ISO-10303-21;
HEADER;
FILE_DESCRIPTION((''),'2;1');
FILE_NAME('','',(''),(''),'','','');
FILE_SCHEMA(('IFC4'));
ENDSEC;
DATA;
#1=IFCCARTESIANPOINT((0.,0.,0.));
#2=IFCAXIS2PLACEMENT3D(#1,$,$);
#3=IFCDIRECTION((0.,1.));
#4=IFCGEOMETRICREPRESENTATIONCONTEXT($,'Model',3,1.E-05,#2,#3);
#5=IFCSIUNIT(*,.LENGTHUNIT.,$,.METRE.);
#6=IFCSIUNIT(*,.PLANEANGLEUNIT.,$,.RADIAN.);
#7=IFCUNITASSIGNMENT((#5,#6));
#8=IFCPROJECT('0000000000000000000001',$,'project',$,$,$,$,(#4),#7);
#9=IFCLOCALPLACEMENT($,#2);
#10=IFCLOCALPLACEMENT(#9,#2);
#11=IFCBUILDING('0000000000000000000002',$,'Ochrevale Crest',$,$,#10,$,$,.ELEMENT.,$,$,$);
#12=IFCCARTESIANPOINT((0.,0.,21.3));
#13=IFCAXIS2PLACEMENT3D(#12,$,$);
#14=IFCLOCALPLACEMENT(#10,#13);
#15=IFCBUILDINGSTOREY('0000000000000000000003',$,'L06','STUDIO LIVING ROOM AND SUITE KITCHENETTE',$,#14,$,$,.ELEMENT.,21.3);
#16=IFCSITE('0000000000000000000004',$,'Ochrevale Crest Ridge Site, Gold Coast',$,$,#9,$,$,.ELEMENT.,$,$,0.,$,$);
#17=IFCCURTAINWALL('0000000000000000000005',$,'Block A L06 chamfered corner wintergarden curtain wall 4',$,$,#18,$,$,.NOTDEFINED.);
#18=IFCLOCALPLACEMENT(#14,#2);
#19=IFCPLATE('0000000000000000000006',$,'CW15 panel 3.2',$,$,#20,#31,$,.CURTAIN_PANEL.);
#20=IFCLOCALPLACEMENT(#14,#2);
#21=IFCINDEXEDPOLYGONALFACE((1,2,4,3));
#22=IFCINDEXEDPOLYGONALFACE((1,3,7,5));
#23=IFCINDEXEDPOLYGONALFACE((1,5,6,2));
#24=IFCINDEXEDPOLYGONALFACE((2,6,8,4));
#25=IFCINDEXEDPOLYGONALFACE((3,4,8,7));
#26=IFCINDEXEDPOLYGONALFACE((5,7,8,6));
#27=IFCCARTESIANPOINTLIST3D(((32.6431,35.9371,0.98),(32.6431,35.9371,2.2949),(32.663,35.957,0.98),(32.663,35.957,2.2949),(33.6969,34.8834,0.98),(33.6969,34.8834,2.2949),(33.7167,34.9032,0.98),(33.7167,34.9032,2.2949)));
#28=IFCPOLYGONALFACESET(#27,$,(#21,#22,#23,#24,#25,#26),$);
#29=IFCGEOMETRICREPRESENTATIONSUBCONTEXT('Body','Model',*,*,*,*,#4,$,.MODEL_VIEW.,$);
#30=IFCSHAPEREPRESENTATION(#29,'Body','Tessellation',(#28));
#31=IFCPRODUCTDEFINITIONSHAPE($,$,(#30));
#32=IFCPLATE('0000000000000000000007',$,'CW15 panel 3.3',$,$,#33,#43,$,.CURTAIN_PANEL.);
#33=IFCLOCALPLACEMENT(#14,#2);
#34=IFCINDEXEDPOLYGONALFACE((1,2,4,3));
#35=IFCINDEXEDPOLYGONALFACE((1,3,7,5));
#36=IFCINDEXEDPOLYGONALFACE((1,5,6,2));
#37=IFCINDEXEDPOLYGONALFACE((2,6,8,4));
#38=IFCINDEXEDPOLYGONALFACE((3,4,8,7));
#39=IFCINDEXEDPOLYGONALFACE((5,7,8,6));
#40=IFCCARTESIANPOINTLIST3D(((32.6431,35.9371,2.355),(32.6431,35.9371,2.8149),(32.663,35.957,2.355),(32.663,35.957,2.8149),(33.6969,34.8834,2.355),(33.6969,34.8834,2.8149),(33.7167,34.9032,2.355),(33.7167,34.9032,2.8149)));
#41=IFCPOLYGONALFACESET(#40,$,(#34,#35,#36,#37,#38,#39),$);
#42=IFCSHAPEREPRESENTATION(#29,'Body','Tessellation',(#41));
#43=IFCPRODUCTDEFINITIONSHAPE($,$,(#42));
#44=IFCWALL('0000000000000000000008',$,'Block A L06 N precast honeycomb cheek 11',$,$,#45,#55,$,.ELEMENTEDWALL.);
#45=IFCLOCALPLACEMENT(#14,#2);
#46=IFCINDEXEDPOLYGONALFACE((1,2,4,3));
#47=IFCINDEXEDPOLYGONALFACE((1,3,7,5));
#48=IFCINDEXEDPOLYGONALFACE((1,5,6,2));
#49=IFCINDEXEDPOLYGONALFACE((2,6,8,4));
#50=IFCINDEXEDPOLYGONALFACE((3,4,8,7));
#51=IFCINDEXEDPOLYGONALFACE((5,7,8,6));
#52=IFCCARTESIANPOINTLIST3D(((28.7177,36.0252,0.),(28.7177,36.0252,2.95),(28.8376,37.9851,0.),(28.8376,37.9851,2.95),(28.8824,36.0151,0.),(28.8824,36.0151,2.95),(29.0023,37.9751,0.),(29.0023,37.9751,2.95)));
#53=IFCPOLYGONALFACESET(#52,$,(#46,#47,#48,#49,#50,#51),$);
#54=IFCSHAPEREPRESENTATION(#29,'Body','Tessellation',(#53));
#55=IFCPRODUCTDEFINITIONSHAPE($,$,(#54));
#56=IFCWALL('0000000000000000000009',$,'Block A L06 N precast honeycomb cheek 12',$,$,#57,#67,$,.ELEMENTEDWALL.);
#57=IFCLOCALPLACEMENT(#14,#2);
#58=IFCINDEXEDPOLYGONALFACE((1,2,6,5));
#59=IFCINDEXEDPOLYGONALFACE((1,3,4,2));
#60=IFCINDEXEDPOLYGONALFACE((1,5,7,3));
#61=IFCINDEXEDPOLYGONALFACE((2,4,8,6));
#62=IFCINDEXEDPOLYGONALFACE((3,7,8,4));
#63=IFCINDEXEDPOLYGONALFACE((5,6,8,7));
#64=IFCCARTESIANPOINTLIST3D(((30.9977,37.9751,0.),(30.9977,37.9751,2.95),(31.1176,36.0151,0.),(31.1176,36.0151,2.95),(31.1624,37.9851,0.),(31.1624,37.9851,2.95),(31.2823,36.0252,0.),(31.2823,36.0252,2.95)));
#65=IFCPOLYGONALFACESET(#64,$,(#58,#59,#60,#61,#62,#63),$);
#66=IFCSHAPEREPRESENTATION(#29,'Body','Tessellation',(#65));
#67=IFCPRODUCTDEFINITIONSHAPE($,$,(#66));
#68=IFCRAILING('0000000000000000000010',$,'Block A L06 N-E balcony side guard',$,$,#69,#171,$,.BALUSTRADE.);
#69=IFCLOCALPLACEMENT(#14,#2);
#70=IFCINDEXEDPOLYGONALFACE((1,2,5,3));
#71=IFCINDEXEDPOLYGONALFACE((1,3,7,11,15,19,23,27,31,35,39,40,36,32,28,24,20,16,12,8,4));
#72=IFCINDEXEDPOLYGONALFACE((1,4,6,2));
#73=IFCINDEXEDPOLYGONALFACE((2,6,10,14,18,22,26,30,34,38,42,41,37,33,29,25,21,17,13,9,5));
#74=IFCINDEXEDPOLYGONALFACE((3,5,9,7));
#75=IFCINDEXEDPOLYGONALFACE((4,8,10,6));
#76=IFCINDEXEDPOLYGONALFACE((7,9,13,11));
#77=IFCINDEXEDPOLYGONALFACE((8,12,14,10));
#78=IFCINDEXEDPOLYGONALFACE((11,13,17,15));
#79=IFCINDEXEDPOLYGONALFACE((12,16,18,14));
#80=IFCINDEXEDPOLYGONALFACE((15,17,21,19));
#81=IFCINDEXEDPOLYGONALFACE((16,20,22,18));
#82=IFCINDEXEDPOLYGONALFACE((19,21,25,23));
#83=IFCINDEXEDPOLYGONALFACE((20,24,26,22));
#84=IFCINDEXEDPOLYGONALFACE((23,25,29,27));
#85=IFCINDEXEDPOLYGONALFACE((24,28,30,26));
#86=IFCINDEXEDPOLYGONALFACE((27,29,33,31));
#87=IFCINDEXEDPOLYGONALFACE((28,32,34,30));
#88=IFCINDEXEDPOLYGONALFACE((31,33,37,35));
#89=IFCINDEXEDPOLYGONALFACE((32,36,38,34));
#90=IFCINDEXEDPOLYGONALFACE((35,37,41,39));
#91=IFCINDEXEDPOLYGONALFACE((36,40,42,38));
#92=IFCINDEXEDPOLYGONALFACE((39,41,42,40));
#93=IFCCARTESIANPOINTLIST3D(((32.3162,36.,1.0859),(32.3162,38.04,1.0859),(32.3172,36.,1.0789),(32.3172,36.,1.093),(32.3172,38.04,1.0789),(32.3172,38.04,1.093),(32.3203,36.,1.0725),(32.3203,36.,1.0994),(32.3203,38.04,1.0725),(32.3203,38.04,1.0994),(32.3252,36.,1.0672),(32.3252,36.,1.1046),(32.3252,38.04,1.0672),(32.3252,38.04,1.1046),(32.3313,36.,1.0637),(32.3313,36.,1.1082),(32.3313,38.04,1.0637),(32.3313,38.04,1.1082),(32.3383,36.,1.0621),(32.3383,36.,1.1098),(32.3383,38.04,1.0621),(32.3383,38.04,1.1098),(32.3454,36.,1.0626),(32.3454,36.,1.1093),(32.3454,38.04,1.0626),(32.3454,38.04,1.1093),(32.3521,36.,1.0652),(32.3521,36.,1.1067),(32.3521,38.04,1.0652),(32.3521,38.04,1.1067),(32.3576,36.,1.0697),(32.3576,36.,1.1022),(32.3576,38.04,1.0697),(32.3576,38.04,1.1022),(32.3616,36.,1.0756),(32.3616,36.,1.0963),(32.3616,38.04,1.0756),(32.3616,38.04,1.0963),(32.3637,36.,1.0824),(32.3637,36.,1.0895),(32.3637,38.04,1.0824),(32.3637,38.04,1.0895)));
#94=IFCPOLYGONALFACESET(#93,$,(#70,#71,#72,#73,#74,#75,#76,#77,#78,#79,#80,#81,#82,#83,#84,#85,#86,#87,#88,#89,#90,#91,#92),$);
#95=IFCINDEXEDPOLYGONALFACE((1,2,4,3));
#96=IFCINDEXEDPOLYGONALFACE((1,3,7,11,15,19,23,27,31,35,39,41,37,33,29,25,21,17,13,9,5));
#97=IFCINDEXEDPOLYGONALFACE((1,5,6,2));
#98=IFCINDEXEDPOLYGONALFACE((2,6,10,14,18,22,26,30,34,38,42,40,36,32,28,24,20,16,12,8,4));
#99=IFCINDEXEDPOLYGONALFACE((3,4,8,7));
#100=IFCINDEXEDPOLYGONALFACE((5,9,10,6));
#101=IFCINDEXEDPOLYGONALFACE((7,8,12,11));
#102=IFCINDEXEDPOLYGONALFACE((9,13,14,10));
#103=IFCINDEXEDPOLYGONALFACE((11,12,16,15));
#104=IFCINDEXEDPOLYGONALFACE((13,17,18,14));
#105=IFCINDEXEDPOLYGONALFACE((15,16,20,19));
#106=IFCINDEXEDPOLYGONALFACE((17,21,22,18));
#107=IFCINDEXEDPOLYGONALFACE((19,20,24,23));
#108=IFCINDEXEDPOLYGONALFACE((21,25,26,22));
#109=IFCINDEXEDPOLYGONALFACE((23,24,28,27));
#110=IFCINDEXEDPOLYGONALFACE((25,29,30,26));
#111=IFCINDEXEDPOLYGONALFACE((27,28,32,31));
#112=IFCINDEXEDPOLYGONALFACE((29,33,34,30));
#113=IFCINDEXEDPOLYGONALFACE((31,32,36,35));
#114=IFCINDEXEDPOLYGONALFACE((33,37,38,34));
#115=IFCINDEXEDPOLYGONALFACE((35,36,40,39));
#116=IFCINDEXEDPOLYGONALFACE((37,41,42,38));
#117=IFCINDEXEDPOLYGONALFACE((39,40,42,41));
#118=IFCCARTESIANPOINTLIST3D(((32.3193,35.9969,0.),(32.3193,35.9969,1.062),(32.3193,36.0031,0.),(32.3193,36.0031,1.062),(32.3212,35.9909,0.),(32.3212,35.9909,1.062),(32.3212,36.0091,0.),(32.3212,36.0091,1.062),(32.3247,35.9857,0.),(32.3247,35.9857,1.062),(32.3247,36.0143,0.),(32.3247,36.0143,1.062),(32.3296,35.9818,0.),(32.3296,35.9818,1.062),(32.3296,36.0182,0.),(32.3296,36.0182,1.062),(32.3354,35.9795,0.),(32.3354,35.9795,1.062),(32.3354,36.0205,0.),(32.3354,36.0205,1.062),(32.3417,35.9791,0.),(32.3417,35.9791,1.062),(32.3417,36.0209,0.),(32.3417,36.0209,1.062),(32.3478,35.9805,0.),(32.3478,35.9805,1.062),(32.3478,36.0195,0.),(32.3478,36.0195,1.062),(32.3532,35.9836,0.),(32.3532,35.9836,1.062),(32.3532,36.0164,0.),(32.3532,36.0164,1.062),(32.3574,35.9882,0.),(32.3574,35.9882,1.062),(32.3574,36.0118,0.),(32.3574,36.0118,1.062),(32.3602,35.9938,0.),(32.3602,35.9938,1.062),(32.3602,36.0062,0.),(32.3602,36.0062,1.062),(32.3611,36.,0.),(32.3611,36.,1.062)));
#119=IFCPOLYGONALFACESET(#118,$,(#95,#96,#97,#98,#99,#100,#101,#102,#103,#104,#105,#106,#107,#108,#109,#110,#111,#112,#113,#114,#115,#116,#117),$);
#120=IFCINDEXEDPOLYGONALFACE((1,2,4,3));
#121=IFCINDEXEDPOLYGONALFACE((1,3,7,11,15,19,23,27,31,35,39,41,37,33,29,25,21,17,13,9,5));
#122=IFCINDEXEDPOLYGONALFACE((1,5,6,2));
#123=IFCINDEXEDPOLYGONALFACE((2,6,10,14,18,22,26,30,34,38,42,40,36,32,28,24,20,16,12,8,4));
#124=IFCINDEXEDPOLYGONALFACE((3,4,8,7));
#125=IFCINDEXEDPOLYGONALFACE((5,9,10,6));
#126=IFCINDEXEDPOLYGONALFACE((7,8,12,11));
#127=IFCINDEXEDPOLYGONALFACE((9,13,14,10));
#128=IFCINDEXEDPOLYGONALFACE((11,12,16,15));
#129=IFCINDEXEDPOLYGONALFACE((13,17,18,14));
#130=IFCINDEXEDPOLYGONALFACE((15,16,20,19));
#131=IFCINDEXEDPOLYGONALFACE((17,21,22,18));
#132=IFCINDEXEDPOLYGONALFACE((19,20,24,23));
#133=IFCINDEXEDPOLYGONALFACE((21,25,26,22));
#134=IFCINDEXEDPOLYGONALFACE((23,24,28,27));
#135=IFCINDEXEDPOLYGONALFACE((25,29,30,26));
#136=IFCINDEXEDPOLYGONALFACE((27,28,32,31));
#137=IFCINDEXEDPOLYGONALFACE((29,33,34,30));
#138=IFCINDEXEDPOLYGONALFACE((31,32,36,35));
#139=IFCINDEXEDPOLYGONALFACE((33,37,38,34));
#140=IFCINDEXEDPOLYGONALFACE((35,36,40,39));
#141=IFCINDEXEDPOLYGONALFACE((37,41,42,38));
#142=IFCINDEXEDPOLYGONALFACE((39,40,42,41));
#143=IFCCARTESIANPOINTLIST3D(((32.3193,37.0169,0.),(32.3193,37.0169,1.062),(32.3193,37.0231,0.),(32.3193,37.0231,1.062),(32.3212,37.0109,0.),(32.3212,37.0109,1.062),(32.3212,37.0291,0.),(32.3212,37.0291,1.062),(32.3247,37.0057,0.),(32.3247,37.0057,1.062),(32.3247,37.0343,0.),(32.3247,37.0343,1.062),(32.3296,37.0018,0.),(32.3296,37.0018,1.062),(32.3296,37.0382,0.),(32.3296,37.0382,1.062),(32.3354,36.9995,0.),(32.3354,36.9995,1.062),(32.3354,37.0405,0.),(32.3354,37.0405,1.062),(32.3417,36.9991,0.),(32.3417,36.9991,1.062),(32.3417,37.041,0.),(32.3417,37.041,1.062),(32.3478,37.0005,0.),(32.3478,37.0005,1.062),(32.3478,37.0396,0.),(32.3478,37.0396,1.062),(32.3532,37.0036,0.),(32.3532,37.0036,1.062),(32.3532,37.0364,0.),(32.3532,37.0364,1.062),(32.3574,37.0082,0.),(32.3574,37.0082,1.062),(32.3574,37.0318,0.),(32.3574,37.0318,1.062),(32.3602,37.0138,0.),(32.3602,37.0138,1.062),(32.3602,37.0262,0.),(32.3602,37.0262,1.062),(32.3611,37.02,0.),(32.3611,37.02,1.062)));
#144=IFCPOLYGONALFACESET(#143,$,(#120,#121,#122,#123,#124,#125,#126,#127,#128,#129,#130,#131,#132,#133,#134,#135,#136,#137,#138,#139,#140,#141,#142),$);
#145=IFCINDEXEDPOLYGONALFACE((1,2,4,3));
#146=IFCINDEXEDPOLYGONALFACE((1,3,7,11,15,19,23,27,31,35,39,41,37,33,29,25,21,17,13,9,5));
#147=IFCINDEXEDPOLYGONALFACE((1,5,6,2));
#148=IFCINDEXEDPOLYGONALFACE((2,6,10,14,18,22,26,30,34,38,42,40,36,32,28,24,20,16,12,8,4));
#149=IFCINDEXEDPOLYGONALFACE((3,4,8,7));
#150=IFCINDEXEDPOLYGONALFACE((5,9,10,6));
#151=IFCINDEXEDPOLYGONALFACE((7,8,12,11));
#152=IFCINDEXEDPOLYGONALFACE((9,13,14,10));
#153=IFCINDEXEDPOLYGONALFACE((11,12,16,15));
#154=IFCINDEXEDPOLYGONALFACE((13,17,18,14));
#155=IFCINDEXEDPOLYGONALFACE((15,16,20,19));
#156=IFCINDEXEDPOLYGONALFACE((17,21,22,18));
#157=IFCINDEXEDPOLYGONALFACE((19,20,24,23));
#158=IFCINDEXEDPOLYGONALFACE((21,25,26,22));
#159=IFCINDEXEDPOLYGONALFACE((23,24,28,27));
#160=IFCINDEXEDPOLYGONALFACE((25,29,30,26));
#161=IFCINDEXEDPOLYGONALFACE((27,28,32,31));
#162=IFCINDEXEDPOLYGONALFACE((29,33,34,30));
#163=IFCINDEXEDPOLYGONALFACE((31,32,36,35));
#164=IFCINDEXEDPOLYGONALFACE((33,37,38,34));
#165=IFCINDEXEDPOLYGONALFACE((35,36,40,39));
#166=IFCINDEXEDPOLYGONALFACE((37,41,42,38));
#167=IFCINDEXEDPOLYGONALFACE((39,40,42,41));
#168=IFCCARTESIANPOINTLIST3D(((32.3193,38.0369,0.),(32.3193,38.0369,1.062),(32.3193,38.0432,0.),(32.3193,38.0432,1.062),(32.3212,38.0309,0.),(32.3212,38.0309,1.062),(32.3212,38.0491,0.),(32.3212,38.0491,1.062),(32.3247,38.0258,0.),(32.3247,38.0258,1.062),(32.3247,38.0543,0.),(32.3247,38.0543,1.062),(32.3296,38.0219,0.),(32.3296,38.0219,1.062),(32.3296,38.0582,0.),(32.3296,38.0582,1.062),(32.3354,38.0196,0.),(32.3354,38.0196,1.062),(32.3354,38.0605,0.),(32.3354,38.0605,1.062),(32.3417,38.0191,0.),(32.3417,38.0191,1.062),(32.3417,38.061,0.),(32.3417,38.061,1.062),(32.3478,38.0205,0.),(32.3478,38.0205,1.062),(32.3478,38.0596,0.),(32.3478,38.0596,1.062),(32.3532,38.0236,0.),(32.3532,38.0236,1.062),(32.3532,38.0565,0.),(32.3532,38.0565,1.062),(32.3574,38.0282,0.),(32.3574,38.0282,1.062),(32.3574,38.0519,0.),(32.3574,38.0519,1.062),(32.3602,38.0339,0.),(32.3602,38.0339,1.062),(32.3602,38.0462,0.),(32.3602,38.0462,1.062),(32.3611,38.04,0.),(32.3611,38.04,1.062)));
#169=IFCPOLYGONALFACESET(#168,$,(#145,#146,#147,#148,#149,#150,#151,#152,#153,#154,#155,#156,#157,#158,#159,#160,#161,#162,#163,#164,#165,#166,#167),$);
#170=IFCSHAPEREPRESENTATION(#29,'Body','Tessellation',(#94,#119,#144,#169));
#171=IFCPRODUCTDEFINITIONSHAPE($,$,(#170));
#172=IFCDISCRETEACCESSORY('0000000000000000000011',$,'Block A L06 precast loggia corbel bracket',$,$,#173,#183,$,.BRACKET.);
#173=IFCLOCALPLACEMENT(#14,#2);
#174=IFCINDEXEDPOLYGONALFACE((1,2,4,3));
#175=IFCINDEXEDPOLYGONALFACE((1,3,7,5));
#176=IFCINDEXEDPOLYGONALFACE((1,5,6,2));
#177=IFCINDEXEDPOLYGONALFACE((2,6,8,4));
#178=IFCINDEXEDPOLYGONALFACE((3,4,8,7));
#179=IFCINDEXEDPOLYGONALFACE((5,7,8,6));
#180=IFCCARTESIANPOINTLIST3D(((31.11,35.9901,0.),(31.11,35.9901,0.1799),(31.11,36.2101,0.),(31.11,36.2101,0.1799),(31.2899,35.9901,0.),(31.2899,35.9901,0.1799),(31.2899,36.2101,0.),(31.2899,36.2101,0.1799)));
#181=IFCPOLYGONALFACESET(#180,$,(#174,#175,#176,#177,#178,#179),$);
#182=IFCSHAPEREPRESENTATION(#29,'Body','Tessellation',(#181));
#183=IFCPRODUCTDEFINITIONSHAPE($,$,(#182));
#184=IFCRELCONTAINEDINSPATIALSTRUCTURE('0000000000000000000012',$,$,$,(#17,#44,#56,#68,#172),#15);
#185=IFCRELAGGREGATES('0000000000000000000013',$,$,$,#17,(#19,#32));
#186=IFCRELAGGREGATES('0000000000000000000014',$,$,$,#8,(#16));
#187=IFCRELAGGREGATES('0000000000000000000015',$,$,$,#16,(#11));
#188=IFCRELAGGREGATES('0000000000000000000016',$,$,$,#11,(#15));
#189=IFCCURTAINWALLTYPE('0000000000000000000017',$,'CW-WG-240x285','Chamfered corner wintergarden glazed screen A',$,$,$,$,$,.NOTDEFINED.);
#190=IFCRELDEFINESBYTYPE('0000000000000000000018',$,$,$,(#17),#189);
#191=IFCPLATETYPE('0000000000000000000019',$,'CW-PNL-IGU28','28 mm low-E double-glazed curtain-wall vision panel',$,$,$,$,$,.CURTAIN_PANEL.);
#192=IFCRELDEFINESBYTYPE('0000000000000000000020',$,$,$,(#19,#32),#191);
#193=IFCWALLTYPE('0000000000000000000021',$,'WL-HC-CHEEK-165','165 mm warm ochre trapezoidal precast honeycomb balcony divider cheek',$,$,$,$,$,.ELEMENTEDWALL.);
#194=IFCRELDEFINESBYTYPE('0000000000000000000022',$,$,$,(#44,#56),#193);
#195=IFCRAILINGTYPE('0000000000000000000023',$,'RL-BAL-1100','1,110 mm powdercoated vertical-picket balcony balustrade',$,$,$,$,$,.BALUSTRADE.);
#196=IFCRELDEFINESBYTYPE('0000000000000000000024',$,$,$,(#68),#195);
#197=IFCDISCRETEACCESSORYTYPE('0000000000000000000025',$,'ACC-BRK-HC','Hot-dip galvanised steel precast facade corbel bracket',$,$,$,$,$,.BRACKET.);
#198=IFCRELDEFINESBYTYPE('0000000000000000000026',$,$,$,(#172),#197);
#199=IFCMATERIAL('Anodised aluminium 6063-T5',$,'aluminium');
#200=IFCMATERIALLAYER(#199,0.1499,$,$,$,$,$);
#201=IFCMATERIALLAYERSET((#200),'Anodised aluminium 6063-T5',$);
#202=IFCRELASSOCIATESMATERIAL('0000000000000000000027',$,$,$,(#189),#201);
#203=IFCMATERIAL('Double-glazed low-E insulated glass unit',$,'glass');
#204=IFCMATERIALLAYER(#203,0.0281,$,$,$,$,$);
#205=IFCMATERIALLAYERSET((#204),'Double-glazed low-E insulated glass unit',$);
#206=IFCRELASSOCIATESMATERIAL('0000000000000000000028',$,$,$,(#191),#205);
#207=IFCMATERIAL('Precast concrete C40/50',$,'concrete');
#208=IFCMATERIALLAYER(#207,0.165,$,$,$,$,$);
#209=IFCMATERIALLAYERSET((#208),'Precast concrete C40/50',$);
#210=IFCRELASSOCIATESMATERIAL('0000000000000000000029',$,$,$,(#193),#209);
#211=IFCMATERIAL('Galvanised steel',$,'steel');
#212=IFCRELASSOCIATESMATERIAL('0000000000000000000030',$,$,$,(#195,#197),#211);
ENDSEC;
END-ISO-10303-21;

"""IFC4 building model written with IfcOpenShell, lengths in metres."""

from ifc_helpers import new_model, si_unit, direction, frame, frame_2d, origin, origin_2d, place, context, subcontext, project, spatial, rectangle, circle, extrude, material, layer, layer_set, type_object, element, aggregate, save


model = new_model("IFC4")

# Units and contexts
model_context = context("Model", 3, precision=1e-05, world=origin(), true_north=direction((0.0, 1.0)))
body_context = subcontext(model_context, "Body", "Model", "MODEL_VIEW")
ifc_project = project(units=[si_unit("LENGTHUNIT", "METRE"), si_unit("PLANEANGLEUNIT", "RADIAN")], contexts=[model_context])

# Site, building, storey
site_placement = place(None, origin())
site = spatial("IfcSite", under=ifc_project, at=site_placement, Name="Ochrevale Crest Ridge Site, Gold Coast", CompositionType="ELEMENT", RefElevation=0.0)
building_placement = place(site_placement, origin())
building = spatial("IfcBuilding", under=site, at=building_placement, Name="Ochrevale Crest", CompositionType="ELEMENT")
storey_placement = place(building_placement, frame((0.0, 0.0, 21.3)))
storey = spatial("IfcBuildingStorey", under=building, at=storey_placement, Name="L06", Description="STUDIO LIVING ROOM AND SUITE KITCHENETTE", CompositionType="ELEMENT", Elevation=21.3)

# Curtain wall, plates
ifc_material_1 = material(Name="Anodised aluminium 6063-T5", Category="aluminium")
ifc_layer_1 = layer(ifc_material_1, 0.1499)
ifc_layer_set_1 = layer_set([ifc_layer_1], Name="Anodised aluminium 6063-T5")
curtain_wall_type = type_object("IfcCurtainWallType", Name="CW-WG-240x285", Description="Chamfered corner wintergarden glazed screen A", PredefinedType="NOTDEFINED", material=ifc_layer_set_1)
curtain_wall_placement = place(storey_placement, origin())
curtain_wall = element("IfcCurtainWall", 1, at=curtain_wall_placement, inside=storey, type_object=curtain_wall_type, Name="Block A L06 chamfered corner wintergarden curtain wall 4", PredefinedType="NOTDEFINED")
ifc_material_2 = material(Name="Double-glazed low-E insulated glass unit", Category="glass")
ifc_layer_2 = layer(ifc_material_2, 0.0281)
ifc_layer_set_2 = layer_set([ifc_layer_2], Name="Double-glazed low-E insulated glass unit")
plate_type = type_object("IfcPlateType", Name="CW-PNL-IGU28", Description="28 mm low-E double-glazed curtain-wall vision panel", PredefinedType="CURTAIN_PANEL", material=ifc_layer_set_2)
plate_1_placement = place(storey_placement, frame((33.1799, 35.4202, 0.98), z_axis=(0.0, 0.0, 1.0), x_axis=(-0.707107, 0.707107, 0.0)))
plate_1 = element("IfcPlate", 2, at=plate_1_placement, type_object=plate_type, Name="CW15 panel 3.2", PredefinedType="CURTAIN_PANEL", context=body_context, shape_type="SweptSolid", body=[
    extrude(rectangle(XDim=1.4902, YDim=0.0281, at=origin_2d()), origin(), (0.0, 0.0, 1.0), 1.3149),
])
plate_2_placement = place(storey_placement, frame((33.1799, 35.4202, 2.355), z_axis=(0.0, 0.0, 1.0), x_axis=(-0.707107, 0.707107, 0.0)))
plate_2 = element("IfcPlate", 3, at=plate_2_placement, type_object=plate_type, Name="CW15 panel 3.3", PredefinedType="CURTAIN_PANEL", context=body_context, shape_type="SweptSolid", body=[
    extrude(rectangle(XDim=1.4902, YDim=0.0281, at=origin_2d()), origin(), (0.0, 0.0, 1.0), 0.46),
])
aggregate(curtain_wall, [plate_1, plate_2])

# Shared definitions
ifc_material_3 = material(Name="Precast concrete C40/50", Category="concrete")

# Walls
ifc_layer_3 = layer(ifc_material_3, 0.165)
ifc_layer_set_3 = layer_set([ifc_layer_3], Name="Precast concrete C40/50")
wall_type_1 = type_object("IfcWallType", Name="WL-HC-CHEEK-165", Description="165 mm warm ochre trapezoidal precast honeycomb balcony divider cheek", PredefinedType="ELEMENTEDWALL", material=ifc_layer_set_3)
for number, where, z_axis, x_axis, name in (
    (4, (28.8, 36.02, 0.0), (0.0, 0.0, 1.0), (0.061047, 0.998135, 0.0), "Block A L06 N precast honeycomb cheek 11"),
    (5, (31.2, 36.02, 0.0), (0.0, 0.0, 1.0), (-0.061047, 0.998135, 0.0), "Block A L06 N precast honeycomb cheek 12"),
):
    element("IfcWall", number, at=place(storey_placement, frame(where, z_axis=z_axis, x_axis=x_axis)), inside=storey, type_object=wall_type_1, Name=name, PredefinedType="ELEMENTEDWALL", context=body_context, shape_type="SweptSolid", body=[
        extrude(rectangle(XDim=1.9636, YDim=0.165, at=frame_2d((0.9819, 0.0))), origin(), (0.0, 0.0, 1.0), 2.95),
    ])

# Railing
ifc_material_4 = material(Name="Galvanised steel", Category="steel")
railing_type = type_object("IfcRailingType", Name="RL-BAL-1100", Description="1,110 mm powdercoated vertical-picket balcony balustrade", PredefinedType="BALUSTRADE", material=ifc_material_4)
railing_placement = place(storey_placement, frame((32.3401, 36.0, 0.0)))
element("IfcRailing", 6, at=railing_placement, inside=storey, type_object=railing_type, Name="Block A L06 N-E balcony side guard", PredefinedType="BALUSTRADE", context=body_context, shape_type="SweptSolid", body=[
    extrude(circle(Radius=0.0239, at=origin_2d()), frame((0.0, 0.0, 1.0859), z_axis=(0.0, 1.0, 0.0), x_axis=(-1.0, 0.0, 0.0)), (0.0, 0.0, 1.0), 2.04),
    extrude(circle(Radius=0.021, at=origin_2d()), origin(), (0.0, 0.0, 1.0), 1.062),
    extrude(circle(Radius=0.021, at=origin_2d()), frame((0.0, 1.02, 0.0)), (0.0, 0.0, 1.0), 1.062),
    extrude(circle(Radius=0.021, at=origin_2d()), frame((0.0, 2.04, 0.0)), (0.0, 0.0, 1.0), 1.062),
])

# Discrete accessory
discrete_accessory_type = type_object("IfcDiscreteAccessoryType", Name="ACC-BRK-HC", Description="Hot-dip galvanised steel precast facade corbel bracket", PredefinedType="BRACKET", material=ifc_material_4)
discrete_accessory_placement = place(storey_placement, frame((31.2, 36.1001, 0.0), z_axis=(0.0, 0.0, 1.0), x_axis=(1.0, 0.0, 0.0)))
element("IfcDiscreteAccessory", 7, at=discrete_accessory_placement, inside=storey, type_object=discrete_accessory_type, Name="Block A L06 precast loggia corbel bracket", PredefinedType="BRACKET", context=body_context, shape_type="SweptSolid", body=[
    extrude(rectangle(XDim=0.1799, YDim=0.22, at=origin_2d()), origin(), (0.0, 0.0, 1.0), 0.1799),
])

save(model, "model.ifc")
